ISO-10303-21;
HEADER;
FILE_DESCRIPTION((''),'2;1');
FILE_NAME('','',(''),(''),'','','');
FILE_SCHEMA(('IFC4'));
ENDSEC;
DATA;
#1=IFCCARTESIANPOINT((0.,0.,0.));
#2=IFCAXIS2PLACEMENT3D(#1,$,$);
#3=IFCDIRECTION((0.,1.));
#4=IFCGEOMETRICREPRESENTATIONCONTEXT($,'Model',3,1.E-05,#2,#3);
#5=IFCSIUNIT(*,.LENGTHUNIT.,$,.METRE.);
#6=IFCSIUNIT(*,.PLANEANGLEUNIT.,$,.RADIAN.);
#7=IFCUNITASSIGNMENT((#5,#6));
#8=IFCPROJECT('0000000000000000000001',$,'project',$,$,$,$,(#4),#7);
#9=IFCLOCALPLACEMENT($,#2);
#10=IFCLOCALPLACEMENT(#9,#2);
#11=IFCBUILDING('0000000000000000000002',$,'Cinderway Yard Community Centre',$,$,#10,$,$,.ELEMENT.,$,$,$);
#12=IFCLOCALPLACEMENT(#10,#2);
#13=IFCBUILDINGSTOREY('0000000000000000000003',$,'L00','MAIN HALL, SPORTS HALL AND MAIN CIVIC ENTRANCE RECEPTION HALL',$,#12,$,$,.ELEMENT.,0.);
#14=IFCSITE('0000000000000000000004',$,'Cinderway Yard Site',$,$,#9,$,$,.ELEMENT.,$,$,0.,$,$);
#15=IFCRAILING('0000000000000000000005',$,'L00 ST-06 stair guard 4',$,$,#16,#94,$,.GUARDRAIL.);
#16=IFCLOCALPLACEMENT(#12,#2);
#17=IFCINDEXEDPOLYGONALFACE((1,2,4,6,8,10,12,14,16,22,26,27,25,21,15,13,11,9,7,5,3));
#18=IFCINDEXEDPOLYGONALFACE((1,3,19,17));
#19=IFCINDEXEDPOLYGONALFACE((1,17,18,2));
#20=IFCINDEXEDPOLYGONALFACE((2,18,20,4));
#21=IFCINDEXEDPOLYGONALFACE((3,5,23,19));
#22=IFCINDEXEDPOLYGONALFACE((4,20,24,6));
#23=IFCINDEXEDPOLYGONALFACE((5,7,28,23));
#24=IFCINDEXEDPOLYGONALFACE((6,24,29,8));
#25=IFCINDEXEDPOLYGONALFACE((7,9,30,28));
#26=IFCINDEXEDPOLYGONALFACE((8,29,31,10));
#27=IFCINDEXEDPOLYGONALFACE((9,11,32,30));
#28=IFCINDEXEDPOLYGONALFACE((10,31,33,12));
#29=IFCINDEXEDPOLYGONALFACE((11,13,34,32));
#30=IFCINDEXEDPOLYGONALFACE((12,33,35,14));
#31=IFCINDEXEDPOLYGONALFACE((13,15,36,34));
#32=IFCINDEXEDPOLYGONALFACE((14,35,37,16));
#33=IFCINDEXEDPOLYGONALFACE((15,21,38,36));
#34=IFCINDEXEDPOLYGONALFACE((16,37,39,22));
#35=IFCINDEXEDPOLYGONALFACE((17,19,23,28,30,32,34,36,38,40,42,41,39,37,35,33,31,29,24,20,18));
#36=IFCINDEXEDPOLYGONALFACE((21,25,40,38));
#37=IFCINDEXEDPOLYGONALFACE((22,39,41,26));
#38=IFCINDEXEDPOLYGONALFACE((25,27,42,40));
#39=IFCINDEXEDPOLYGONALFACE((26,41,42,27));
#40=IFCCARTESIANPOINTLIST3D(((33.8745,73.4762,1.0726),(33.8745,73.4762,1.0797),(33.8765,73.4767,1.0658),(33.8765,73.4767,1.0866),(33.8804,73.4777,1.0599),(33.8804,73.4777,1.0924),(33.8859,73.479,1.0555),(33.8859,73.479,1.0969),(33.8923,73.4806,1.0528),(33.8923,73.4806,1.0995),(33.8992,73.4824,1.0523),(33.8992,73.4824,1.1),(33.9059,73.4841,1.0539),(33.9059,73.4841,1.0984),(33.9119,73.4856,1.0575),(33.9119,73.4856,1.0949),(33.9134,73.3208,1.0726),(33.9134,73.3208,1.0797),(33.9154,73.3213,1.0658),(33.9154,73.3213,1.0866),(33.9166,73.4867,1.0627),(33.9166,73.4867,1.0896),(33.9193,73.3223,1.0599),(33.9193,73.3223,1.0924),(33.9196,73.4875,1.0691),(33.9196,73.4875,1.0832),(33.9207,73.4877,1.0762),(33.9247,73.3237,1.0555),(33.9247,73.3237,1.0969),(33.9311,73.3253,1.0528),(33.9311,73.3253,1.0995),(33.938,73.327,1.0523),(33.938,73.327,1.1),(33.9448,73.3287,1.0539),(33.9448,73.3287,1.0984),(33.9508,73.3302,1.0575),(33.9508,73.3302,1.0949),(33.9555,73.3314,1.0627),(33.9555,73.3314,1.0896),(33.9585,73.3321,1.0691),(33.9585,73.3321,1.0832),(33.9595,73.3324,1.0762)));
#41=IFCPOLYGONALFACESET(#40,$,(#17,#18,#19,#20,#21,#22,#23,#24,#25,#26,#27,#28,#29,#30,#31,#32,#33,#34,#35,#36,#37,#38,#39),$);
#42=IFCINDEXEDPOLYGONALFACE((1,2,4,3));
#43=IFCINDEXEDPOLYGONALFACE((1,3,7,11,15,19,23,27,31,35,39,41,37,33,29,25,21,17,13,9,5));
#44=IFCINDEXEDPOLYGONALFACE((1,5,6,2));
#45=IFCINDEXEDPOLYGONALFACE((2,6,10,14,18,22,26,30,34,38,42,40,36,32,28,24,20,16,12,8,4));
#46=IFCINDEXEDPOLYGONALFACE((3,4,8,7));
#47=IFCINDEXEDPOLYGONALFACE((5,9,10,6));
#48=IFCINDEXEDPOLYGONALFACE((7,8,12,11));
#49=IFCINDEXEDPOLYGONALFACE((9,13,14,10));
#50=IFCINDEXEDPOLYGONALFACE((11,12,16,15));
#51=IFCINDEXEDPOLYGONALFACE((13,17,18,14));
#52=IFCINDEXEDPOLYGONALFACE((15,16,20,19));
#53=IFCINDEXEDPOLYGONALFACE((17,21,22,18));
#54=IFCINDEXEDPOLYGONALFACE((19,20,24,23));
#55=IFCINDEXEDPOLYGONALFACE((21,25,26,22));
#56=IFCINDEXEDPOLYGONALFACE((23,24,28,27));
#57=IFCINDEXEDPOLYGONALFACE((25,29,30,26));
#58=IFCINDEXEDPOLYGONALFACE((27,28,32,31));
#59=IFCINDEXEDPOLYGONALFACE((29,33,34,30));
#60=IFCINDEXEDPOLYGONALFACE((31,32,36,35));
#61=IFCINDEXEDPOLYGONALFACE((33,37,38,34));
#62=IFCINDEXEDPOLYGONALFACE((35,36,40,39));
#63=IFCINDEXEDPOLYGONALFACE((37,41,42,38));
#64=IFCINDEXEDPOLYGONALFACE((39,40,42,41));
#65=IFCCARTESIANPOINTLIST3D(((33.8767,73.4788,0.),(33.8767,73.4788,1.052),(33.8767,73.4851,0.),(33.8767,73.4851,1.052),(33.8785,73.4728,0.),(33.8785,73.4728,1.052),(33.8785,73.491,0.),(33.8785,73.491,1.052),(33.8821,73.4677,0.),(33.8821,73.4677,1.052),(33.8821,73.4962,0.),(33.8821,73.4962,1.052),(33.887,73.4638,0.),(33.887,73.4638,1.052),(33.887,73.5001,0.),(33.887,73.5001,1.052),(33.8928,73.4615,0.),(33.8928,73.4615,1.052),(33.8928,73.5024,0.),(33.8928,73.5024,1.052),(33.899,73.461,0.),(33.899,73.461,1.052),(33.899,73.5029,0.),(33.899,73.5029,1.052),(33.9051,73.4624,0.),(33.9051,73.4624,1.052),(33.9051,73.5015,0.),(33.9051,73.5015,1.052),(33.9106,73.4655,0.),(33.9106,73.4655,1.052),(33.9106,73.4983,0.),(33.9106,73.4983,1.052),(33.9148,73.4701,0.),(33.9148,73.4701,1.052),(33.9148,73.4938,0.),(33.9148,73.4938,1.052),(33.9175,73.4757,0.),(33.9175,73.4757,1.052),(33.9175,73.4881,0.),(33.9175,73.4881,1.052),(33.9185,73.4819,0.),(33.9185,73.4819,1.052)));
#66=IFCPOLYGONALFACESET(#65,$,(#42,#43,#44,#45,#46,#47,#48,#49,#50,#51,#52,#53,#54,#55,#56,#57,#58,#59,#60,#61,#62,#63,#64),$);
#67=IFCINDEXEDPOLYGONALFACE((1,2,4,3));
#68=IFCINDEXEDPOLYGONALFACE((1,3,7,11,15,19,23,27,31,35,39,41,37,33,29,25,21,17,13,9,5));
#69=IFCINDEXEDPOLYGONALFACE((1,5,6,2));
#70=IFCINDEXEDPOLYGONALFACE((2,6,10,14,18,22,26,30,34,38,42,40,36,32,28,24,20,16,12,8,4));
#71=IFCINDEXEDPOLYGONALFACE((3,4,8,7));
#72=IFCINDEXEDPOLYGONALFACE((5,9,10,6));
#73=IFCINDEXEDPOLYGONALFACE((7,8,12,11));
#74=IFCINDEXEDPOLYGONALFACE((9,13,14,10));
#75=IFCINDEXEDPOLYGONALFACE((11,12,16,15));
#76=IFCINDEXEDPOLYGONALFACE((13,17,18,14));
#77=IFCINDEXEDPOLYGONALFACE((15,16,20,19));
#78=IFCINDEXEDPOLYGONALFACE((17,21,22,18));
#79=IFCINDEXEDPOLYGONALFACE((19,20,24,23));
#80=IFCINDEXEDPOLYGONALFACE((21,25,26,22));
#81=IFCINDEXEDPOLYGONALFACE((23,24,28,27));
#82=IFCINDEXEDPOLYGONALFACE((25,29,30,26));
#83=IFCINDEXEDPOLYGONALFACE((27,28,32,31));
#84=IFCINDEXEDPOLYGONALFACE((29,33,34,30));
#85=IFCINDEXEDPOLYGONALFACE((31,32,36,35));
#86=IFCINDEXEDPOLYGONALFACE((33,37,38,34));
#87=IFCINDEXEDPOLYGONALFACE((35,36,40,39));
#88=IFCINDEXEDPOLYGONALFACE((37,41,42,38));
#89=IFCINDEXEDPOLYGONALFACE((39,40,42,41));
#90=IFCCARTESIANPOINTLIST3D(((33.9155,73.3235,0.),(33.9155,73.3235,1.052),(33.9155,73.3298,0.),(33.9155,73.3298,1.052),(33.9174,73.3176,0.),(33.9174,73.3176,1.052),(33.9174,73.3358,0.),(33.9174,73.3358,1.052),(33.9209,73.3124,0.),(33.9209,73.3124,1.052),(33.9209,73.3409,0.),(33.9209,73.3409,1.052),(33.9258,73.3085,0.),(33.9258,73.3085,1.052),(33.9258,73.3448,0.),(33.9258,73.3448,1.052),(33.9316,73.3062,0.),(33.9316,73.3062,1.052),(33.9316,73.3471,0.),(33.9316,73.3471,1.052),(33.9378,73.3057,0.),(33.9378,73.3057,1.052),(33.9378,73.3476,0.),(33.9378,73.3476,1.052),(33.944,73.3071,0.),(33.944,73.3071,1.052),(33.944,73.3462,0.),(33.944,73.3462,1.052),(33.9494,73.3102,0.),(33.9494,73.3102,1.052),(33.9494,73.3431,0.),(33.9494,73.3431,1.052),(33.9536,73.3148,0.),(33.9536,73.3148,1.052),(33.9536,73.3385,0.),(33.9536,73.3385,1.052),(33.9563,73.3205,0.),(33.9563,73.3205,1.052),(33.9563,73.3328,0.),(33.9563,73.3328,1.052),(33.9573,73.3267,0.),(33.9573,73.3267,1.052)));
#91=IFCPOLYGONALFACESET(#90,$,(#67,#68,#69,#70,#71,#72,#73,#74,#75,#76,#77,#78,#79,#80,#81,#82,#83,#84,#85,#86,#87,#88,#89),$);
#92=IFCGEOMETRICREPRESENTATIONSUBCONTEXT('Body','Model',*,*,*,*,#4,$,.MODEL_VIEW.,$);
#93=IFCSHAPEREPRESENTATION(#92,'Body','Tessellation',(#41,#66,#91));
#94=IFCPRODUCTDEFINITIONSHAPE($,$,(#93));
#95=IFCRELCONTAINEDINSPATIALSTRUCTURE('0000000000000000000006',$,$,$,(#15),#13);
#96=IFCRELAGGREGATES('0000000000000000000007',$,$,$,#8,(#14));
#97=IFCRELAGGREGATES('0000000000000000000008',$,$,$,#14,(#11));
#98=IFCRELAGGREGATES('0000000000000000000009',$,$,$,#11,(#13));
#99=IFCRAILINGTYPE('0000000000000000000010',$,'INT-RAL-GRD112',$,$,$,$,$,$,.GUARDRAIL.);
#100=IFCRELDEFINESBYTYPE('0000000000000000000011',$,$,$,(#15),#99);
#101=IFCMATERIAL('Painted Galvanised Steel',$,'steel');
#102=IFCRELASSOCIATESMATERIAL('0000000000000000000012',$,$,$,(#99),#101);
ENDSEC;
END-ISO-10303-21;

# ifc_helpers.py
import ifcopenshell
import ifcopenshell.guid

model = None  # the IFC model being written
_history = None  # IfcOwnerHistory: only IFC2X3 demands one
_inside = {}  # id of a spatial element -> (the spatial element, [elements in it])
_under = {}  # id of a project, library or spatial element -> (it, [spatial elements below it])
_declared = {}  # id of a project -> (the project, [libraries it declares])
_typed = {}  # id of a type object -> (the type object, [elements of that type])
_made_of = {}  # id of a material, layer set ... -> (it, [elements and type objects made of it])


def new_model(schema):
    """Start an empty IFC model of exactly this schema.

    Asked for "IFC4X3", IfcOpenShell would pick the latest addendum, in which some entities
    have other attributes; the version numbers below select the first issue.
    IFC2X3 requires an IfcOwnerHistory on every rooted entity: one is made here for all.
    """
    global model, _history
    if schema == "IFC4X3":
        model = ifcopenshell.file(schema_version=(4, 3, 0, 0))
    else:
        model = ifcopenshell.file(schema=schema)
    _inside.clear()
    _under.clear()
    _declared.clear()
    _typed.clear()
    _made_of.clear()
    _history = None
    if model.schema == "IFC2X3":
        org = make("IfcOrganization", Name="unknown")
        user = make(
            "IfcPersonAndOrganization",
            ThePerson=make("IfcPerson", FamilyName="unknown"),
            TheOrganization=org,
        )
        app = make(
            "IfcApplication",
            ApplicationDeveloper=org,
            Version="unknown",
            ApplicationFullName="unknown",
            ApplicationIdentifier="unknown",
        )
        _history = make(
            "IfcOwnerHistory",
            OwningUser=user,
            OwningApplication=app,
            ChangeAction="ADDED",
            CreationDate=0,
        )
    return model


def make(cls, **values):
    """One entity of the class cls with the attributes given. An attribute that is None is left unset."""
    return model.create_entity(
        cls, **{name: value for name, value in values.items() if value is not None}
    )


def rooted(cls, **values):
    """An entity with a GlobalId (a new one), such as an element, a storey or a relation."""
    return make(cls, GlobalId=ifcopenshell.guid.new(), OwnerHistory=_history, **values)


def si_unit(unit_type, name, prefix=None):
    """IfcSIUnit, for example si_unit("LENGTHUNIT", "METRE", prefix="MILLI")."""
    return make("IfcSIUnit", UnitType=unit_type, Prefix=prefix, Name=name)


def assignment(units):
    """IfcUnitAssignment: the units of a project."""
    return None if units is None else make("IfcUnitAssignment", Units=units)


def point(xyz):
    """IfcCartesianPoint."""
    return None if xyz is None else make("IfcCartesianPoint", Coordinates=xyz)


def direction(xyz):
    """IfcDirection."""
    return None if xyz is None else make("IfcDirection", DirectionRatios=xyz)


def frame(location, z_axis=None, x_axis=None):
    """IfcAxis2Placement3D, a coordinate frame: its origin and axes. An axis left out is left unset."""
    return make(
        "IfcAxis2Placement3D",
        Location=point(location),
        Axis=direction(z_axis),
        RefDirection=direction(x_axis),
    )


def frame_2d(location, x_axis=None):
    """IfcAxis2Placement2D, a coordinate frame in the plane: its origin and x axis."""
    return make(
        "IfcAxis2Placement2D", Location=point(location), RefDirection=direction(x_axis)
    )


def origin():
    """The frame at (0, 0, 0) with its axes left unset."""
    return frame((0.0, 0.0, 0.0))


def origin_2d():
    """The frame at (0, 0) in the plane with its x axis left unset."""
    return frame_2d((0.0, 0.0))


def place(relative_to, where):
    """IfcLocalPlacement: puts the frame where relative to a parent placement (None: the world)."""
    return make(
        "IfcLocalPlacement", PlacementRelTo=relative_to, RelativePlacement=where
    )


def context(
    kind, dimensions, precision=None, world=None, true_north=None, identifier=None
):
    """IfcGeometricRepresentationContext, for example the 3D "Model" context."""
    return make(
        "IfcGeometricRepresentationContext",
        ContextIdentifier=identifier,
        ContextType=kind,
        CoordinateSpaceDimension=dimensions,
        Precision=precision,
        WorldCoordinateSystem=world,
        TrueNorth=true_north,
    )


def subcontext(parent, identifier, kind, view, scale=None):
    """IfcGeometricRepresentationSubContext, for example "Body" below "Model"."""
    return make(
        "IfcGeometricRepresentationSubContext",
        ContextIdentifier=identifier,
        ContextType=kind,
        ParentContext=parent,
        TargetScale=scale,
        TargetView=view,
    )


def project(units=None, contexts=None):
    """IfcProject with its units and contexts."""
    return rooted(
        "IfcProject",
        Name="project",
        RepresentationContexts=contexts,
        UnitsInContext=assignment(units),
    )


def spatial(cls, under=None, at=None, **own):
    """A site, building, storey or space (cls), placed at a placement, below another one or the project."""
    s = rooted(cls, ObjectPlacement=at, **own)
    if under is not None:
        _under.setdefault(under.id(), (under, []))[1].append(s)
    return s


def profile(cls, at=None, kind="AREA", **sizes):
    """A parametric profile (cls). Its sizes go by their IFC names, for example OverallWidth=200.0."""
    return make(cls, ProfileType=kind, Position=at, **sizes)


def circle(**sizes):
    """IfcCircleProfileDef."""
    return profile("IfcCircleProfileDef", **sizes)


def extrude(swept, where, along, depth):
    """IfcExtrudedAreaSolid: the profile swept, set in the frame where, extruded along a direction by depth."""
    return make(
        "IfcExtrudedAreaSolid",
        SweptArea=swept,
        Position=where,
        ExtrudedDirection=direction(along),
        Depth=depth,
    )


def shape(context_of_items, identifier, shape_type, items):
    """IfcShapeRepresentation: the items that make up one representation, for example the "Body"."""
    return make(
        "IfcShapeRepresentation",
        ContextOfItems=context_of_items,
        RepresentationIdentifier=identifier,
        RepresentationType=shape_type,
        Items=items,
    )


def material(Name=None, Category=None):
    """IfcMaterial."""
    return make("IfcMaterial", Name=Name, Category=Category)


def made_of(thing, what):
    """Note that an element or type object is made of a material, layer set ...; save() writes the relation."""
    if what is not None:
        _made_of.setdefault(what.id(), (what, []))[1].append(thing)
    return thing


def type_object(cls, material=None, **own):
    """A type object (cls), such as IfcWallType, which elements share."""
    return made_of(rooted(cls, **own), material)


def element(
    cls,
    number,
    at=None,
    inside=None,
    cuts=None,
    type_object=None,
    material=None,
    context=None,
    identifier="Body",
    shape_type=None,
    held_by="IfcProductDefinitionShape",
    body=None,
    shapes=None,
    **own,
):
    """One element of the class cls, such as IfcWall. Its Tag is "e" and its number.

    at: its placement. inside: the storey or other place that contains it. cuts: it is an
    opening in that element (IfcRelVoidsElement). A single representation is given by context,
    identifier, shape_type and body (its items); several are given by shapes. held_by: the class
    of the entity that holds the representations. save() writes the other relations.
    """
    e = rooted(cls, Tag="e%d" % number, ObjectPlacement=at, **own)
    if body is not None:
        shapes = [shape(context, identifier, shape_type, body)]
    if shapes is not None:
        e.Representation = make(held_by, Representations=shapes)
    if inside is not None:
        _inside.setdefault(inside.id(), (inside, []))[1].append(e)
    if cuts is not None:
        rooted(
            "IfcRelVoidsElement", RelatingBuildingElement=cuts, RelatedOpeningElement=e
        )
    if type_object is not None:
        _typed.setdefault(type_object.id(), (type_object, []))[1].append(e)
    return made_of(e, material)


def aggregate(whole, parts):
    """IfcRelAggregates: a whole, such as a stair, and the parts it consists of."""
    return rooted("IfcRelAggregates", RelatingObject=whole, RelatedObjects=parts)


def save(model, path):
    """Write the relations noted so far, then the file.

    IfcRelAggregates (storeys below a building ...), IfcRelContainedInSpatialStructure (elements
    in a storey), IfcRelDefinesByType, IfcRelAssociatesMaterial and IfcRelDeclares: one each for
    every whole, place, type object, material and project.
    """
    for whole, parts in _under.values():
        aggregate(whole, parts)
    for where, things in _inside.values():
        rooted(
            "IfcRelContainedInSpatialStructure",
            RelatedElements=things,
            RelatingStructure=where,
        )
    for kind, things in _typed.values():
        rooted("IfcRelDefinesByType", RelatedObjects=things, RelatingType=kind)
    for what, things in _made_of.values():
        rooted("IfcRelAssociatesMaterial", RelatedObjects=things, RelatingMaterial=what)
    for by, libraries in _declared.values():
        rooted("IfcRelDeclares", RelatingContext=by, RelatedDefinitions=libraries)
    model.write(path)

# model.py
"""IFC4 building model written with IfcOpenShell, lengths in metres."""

from ifc_helpers import new_model, si_unit, direction, frame, origin, origin_2d, place, context, subcontext, project, spatial, circle, extrude, material, type_object, element, save


model = new_model("IFC4")

# Units and contexts
model_context = context("Model", 3, precision=1e-05, world=origin(), true_north=direction((0.0, 1.0)))
body_context = subcontext(model_context, "Body", "Model", "MODEL_VIEW")
ifc_project = project(units=[si_unit("LENGTHUNIT", "METRE"), si_unit("PLANEANGLEUNIT", "RADIAN")], contexts=[model_context])

# Site, building, storey
site_placement = place(None, origin())
site = spatial("IfcSite", under=ifc_project, at=site_placement, Name="Cinderway Yard Site", CompositionType="ELEMENT", RefElevation=0.0)
building_placement = place(site_placement, origin())
building = spatial("IfcBuilding", under=site, at=building_placement, Name="Cinderway Yard Community Centre", CompositionType="ELEMENT")
storey_placement = place(building_placement, origin())
storey = spatial("IfcBuildingStorey", under=building, at=storey_placement, Name="L00", Description="MAIN HALL, SPORTS HALL AND MAIN CIVIC ENTRANCE RECEPTION HALL", CompositionType="ELEMENT", Elevation=0.0)

# Shared definitions
ifc_material_1 = material(Name="Painted Galvanised Steel", Category="steel")

# Railing
railing_type_1 = type_object("IfcRailingType", Name="INT-RAL-GRD112", PredefinedType="GUARDRAIL", material=ifc_material_1)
railing_1_placement = place(storey_placement, frame((33.8975, 73.4819, 0.0)))
element("IfcRailing", 1, at=railing_1_placement, inside=storey, type_object=railing_type_1, Name="L00 ST-06 stair guard 4", PredefinedType="GUARDRAIL", context=body_context, shape_type="SweptSolid", body=[
    extrude(circle(Radius=0.0239, at=origin_2d()), frame((0.0, 0.0, 1.0762), z_axis=(0.242536, -0.970143, 0.0), x_axis=(0.970143, 0.242536, 0.0)), (0.0, 0.0, 1.0), 0.1602),
    extrude(circle(Radius=0.021, at=origin_2d()), origin(), (0.0, 0.0, 1.0), 1.052),
    extrude(circle(Radius=0.021, at=origin_2d()), frame((0.0388, -0.1553, 0.0)), (0.0, 0.0, 1.0), 1.052),
])

save(model, "model.ifc")
